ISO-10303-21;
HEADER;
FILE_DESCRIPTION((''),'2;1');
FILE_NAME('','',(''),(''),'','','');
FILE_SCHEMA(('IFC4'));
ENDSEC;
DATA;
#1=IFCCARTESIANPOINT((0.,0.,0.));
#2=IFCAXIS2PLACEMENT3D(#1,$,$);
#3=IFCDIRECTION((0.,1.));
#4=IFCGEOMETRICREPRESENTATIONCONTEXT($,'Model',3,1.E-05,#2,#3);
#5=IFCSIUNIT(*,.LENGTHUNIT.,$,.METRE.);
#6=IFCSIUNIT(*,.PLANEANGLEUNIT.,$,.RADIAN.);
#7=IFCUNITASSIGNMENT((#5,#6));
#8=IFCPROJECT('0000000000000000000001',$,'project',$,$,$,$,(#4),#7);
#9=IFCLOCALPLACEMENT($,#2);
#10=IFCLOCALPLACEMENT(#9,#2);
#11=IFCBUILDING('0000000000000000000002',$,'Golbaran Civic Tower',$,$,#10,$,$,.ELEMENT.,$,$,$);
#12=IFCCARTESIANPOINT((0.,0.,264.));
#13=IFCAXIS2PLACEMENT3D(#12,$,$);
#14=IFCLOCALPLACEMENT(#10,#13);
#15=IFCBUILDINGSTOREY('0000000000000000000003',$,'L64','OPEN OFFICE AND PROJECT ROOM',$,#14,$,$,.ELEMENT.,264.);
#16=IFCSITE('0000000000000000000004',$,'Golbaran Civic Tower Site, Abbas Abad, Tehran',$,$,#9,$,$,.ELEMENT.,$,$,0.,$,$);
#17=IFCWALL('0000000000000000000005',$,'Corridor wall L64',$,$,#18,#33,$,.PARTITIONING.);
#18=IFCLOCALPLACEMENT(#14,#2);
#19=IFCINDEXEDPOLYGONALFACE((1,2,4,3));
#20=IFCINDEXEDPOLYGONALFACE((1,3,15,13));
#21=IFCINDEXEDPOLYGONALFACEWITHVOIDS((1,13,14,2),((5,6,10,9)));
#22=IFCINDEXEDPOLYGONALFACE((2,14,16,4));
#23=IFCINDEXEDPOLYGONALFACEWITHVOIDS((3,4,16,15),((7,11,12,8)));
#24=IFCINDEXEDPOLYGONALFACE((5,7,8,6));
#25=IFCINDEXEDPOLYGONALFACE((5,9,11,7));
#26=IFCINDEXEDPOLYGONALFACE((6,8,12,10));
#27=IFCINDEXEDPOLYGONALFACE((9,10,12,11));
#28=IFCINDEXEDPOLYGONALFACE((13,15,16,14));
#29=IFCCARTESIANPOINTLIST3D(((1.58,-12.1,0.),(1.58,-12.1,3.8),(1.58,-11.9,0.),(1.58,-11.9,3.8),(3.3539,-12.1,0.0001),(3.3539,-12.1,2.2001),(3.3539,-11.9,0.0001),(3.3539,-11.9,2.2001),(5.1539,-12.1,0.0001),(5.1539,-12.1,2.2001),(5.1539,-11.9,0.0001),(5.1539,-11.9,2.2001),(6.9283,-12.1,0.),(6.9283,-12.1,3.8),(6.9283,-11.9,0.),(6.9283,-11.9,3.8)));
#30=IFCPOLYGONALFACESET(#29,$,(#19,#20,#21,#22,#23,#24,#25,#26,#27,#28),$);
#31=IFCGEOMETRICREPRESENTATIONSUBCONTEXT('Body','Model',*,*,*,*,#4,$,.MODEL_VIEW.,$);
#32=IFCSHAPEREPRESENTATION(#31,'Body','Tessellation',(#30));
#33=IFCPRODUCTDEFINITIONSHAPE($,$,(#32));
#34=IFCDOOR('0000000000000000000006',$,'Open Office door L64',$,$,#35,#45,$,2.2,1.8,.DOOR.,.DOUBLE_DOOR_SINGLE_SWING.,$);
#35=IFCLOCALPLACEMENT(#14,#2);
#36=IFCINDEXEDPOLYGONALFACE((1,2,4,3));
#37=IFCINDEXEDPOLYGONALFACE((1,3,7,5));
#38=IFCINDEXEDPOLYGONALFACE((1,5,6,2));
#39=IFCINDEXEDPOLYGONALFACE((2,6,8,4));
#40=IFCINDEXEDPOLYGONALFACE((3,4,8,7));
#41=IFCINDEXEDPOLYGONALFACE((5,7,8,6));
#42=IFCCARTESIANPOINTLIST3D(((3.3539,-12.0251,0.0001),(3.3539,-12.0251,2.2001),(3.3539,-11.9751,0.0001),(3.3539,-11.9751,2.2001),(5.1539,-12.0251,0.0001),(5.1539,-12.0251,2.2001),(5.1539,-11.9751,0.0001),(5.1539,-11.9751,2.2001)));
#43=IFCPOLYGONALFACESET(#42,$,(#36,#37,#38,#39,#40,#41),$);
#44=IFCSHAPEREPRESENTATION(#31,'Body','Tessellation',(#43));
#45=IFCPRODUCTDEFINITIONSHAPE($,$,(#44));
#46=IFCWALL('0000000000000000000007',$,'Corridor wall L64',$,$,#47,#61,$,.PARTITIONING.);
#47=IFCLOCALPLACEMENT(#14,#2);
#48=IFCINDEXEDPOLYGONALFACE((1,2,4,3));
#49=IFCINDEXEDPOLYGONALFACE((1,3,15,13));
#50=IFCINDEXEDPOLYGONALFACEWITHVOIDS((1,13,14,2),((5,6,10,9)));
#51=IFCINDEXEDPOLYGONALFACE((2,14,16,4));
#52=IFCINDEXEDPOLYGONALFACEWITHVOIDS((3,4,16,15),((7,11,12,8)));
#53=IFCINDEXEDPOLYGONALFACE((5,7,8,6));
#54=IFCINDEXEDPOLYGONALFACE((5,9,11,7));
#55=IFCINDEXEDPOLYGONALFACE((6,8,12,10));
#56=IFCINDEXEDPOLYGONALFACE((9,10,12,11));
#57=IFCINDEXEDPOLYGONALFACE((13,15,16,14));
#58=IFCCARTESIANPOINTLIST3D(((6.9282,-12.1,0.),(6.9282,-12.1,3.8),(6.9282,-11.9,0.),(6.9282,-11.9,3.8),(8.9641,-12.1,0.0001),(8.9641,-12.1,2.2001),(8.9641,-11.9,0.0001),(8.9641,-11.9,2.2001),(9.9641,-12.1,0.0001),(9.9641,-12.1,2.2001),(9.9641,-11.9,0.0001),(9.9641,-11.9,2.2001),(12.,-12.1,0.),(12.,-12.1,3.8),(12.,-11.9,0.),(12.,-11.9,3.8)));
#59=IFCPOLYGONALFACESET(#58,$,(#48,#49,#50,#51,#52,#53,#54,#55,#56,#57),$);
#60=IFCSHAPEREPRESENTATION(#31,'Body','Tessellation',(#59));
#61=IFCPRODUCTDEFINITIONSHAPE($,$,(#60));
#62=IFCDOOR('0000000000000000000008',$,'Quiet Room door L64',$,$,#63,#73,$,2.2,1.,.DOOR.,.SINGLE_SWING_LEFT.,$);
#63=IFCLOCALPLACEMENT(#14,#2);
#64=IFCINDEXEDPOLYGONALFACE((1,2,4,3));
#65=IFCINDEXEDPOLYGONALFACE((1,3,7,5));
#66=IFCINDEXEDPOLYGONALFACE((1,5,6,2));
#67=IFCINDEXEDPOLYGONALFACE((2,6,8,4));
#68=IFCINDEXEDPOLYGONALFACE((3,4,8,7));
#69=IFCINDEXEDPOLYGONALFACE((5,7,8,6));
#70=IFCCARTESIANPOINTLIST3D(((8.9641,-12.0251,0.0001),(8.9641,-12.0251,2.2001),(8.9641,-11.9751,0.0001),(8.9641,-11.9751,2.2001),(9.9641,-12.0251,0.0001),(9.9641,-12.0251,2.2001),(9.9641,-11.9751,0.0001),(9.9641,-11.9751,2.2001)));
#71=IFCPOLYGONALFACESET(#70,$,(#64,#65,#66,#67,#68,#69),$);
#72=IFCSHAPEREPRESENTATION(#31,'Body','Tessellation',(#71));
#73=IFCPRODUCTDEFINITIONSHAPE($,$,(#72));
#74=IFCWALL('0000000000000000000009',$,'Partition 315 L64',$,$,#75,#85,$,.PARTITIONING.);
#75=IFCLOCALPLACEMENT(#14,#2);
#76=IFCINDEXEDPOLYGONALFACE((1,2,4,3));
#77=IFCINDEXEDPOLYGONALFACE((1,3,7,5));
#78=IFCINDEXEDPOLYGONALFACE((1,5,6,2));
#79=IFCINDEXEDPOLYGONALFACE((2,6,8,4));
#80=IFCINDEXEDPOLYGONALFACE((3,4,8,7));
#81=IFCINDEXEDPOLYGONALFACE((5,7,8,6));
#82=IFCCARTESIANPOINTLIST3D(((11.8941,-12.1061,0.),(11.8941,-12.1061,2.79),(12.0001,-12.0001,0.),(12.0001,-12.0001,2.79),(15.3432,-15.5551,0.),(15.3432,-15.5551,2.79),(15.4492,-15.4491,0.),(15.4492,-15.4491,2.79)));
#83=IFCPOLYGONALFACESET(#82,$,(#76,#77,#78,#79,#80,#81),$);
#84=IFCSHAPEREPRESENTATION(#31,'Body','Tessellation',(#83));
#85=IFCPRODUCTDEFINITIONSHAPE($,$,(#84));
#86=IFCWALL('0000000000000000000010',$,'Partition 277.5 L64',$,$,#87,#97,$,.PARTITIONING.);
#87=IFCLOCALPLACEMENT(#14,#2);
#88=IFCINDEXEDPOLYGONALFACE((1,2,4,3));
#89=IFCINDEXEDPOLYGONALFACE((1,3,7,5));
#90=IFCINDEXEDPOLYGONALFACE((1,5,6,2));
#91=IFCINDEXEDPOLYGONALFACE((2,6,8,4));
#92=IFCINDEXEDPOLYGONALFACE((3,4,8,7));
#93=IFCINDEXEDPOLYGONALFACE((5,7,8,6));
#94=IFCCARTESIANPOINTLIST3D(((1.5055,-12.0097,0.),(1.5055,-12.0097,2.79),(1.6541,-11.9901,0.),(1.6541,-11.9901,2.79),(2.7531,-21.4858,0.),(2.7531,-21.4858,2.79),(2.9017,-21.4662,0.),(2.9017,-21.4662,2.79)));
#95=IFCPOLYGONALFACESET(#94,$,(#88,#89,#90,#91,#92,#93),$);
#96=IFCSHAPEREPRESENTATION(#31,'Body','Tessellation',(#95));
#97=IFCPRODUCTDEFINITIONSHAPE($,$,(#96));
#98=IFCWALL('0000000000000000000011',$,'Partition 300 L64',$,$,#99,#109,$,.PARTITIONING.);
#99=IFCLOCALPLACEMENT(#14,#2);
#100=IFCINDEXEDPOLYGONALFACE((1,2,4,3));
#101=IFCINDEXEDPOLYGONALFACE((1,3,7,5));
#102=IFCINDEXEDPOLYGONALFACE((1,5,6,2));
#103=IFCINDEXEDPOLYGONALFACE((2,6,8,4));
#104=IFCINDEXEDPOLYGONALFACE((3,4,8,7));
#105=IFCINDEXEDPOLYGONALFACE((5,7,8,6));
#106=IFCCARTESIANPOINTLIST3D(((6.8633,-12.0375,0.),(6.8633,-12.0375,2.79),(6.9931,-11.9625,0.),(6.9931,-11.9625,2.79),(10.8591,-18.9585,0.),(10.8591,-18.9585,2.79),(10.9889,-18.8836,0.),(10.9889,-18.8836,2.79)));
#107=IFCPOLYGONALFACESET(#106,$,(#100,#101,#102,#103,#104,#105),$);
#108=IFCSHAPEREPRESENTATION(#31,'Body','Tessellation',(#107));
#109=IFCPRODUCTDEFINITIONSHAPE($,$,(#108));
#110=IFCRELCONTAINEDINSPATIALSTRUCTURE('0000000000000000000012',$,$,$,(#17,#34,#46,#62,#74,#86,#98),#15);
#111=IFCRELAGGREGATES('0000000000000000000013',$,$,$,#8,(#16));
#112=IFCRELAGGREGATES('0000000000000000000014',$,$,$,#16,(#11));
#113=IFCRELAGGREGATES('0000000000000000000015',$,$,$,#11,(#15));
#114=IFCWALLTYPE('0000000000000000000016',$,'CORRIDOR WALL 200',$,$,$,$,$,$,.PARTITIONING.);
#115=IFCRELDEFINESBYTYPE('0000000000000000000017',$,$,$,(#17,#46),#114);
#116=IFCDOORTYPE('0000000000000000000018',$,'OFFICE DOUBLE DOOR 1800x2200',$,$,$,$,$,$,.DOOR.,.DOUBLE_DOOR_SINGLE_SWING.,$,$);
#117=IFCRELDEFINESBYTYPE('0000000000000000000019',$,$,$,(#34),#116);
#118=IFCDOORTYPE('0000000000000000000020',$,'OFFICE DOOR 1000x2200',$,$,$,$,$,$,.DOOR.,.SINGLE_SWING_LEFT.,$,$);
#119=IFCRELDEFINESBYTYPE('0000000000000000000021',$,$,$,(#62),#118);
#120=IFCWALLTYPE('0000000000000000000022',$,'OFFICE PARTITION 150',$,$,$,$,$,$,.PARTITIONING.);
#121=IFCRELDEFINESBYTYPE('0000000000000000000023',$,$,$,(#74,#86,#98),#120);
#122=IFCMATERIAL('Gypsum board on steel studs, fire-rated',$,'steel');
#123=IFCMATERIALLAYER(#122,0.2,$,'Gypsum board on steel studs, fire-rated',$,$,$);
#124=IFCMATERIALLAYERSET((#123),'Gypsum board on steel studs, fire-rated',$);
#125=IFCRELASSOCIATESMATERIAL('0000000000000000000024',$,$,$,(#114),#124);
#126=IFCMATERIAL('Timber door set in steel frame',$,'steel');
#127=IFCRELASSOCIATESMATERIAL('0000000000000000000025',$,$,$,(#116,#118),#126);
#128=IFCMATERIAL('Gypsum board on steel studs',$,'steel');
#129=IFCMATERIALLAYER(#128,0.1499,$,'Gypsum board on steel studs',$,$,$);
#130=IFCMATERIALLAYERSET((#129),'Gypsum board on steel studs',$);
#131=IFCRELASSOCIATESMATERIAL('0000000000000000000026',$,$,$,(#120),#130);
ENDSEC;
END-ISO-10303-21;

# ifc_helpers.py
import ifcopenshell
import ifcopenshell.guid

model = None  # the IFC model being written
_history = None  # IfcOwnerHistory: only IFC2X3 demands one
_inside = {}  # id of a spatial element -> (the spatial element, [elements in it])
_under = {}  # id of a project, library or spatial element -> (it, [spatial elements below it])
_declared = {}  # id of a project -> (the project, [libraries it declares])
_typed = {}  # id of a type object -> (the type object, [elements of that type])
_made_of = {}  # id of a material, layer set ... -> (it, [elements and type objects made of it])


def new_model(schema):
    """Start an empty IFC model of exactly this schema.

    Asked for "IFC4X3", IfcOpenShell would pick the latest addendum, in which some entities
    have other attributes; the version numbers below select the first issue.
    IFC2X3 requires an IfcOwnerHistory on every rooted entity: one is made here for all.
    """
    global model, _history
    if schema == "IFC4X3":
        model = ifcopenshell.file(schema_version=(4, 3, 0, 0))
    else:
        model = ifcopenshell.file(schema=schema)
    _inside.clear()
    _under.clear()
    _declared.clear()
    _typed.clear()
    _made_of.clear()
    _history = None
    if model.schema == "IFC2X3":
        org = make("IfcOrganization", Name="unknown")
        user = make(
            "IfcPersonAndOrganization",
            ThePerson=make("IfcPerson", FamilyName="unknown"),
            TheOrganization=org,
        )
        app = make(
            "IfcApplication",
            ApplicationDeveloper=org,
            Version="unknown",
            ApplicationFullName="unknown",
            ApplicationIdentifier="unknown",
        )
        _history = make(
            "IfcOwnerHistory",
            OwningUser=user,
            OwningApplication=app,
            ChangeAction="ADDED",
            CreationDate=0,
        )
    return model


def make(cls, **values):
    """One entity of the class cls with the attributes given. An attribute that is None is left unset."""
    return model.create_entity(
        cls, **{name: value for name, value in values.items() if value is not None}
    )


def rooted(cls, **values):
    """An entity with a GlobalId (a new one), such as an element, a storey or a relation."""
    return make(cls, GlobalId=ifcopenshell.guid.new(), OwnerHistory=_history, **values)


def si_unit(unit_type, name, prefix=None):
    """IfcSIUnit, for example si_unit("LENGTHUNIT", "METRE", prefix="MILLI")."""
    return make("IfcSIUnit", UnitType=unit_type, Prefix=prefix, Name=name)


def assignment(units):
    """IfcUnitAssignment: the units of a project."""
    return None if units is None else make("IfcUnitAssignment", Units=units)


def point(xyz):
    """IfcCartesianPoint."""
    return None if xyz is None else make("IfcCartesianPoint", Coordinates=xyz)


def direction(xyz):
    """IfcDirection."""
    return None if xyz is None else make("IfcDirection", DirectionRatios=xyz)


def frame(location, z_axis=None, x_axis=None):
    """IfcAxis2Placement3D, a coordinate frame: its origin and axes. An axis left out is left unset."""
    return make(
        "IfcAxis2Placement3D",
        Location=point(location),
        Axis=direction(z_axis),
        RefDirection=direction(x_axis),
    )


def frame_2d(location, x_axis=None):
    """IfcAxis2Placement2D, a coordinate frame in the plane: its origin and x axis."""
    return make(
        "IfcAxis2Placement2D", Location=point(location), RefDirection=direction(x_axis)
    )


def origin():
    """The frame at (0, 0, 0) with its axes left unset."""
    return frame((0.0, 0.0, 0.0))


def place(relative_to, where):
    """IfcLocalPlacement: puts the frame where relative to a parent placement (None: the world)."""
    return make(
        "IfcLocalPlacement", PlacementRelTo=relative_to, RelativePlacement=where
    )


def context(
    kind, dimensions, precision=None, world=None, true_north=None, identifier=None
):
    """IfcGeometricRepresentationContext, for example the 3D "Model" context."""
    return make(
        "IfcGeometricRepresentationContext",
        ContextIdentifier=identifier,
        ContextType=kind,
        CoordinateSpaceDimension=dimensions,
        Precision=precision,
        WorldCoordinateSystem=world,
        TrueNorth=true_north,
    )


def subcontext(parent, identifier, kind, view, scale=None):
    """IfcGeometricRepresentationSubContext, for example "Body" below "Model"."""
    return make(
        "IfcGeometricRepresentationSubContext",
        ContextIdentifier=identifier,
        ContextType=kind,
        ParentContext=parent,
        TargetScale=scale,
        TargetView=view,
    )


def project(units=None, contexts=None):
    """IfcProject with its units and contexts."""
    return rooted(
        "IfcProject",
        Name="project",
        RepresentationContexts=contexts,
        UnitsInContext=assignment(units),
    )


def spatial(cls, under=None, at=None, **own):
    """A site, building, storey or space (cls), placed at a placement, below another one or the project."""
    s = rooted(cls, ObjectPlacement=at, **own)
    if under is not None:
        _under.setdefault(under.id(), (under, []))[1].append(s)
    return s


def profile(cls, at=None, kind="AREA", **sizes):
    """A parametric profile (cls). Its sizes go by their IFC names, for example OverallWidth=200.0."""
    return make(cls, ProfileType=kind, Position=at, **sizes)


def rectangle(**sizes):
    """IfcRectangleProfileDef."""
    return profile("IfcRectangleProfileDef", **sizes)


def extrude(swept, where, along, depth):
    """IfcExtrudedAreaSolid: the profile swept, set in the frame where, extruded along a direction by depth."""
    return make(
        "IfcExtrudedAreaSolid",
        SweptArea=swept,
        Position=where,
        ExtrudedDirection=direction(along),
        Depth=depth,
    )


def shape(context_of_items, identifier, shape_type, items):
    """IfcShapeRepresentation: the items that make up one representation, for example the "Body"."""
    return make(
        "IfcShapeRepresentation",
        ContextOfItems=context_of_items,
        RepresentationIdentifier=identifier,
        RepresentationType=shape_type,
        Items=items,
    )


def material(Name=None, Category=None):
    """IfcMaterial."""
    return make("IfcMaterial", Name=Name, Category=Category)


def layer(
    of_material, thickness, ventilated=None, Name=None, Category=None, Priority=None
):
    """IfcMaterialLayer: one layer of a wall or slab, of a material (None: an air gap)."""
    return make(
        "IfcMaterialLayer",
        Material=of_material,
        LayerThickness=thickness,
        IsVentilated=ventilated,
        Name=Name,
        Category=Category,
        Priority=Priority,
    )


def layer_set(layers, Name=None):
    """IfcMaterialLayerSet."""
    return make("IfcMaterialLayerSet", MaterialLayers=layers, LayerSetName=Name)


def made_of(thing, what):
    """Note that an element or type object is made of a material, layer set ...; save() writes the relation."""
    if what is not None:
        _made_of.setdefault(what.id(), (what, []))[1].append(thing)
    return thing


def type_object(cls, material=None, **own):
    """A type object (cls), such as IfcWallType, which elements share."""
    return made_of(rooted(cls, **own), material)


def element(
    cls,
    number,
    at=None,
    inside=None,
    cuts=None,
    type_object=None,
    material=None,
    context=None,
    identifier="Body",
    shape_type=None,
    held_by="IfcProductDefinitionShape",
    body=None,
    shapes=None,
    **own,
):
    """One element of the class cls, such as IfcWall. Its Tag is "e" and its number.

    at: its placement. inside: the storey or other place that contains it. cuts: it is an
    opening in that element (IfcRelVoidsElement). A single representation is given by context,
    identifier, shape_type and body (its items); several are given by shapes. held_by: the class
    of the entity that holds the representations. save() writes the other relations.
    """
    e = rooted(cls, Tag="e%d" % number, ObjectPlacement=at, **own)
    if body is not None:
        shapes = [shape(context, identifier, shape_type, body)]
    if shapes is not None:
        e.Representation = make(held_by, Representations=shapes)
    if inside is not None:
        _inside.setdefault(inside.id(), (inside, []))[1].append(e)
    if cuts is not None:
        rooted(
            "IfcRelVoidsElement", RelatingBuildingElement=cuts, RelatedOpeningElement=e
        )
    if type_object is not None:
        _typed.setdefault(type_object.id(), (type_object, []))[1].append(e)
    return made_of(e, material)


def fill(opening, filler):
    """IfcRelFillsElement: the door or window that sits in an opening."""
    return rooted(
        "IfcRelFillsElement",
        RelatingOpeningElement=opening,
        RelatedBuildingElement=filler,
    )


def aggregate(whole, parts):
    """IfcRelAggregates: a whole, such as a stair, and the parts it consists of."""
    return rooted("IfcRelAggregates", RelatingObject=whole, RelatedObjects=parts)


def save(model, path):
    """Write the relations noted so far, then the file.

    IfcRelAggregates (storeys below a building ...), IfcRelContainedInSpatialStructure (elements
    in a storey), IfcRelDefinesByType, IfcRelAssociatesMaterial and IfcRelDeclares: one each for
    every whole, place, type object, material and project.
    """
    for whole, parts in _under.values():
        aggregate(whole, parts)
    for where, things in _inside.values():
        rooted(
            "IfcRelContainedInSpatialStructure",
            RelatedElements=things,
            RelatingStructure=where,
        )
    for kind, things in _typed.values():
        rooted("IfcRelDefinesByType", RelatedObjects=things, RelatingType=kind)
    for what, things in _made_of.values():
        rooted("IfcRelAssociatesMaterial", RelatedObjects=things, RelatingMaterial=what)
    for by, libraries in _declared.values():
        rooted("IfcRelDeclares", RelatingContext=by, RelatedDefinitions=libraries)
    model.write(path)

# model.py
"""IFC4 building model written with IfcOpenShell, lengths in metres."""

from ifc_helpers import new_model, si_unit, direction, frame, frame_2d, origin, place, context, subcontext, project, spatial, rectangle, extrude, material, layer, layer_set, type_object, element, fill, save


model = new_model("IFC4")

# Units and contexts
model_context = context("Model", 3, precision=1e-05, world=origin(), true_north=direction((0.0, 1.0)))
body_context = subcontext(model_context, "Body", "Model", "MODEL_VIEW")
ifc_project = project(units=[si_unit("LENGTHUNIT", "METRE"), si_unit("PLANEANGLEUNIT", "RADIAN")], contexts=[model_context])

# Site, building, storey
site_placement = place(None, origin())
site = spatial("IfcSite", under=ifc_project, at=site_placement, Name="Golbaran Civic Tower Site, Abbas Abad, Tehran", CompositionType="ELEMENT", RefElevation=0.0)
building_placement = place(site_placement, origin())
building = spatial("IfcBuilding", under=site, at=building_placement, Name="Golbaran Civic Tower", CompositionType="ELEMENT")
storey_placement = place(building_placement, frame((0.0, 0.0, 264.0)))
storey = spatial("IfcBuildingStorey", under=building, at=storey_placement, Name="L64", Description="OPEN OFFICE AND PROJECT ROOM", CompositionType="ELEMENT", Elevation=264.0)

# Shared definitions
ifc_material_1 = material(Name="Timber door set in steel frame", Category="steel")

# Walls, openings, doors
ifc_material_2 = material(Name="Gypsum board on steel studs, fire-rated", Category="steel")
ifc_layer_1 = layer(ifc_material_2, 0.2, Name="Gypsum board on steel studs, fire-rated")
ifc_layer_set_1 = layer_set([ifc_layer_1], Name="Gypsum board on steel studs, fire-rated")
wall_type_1 = type_object("IfcWallType", Name="CORRIDOR WALL 200", PredefinedType="PARTITIONING", material=ifc_layer_set_1)
wall_1_placement = place(storey_placement, frame((1.5798, -12.0, 0.0), z_axis=(0.0, 0.0, 1.0), x_axis=(1.0, 0.0, 0.0)))
wall_1 = element("IfcWall", 1, at=wall_1_placement, inside=storey, type_object=wall_type_1, Name="Corridor wall L64", PredefinedType="PARTITIONING", context=body_context, shape_type="SweptSolid", body=[
    extrude(rectangle(XDim=5.3484, YDim=0.2, at=frame_2d((2.6743, 0.0))), origin(), (0.0, 0.0, 1.0), 3.8),
])
opening_1_placement = place(wall_1_placement, frame((1.7742, 0.0, 0.0)))
opening_1 = element("IfcOpeningElement", 2, at=opening_1_placement, cuts=wall_1, PredefinedType="OPENING", context=body_context, shape_type="SweptSolid", body=[
    extrude(rectangle(XDim=1.8, YDim=2.2, at=frame_2d((0.8999, 1.1001))), frame((0.0, 0.1099, 0.0), z_axis=(0.0, -1.0, 0.0), x_axis=(1.0, 0.0, 0.0)), (0.0, 0.0, 1.0), 0.22),
])
door_type_1 = type_object("IfcDoorType", Name="OFFICE DOUBLE DOOR 1800x2200", OperationType="DOUBLE_DOOR_SINGLE_SWING", PredefinedType="DOOR", material=ifc_material_1)
door_1_placement = place(opening_1_placement, origin())
door_1 = element("IfcDoor", 3, at=door_1_placement, inside=storey, type_object=door_type_1, Name="Open Office door L64", OperationType="DOUBLE_DOOR_SINGLE_SWING", OverallHeight=2.2, OverallWidth=1.8, PredefinedType="DOOR", context=body_context, shape_type="SweptSolid", body=[
    extrude(rectangle(XDim=1.8, YDim=2.2, at=frame_2d((0.8999, 1.1001))), frame((0.0, 0.0249, 0.0), z_axis=(0.0, -1.0, 0.0), x_axis=(1.0, 0.0, 0.0)), (0.0, 0.0, 1.0), 0.05),
])
fill(opening_1, door_1)
wall_2_placement = place(storey_placement, frame((6.9282, -12.0, 0.0), z_axis=(0.0, 0.0, 1.0), x_axis=(1.0, 0.0, 0.0)))
wall_2 = element("IfcWall", 4, at=wall_2_placement, inside=storey, type_object=wall_type_1, Name="Corridor wall L64", PredefinedType="PARTITIONING", context=body_context, shape_type="SweptSolid", body=[
    extrude(rectangle(XDim=5.0718, YDim=0.2, at=frame_2d((2.5359, 0.0))), origin(), (0.0, 0.0, 1.0), 3.8),
])
opening_2_placement = place(wall_2_placement, frame((2.0359, 0.0, 0.0)))
opening_2 = element("IfcOpeningElement", 5, at=opening_2_placement, cuts=wall_2, PredefinedType="OPENING", context=body_context, shape_type="SweptSolid", body=[
    extrude(rectangle(XDim=1.0, YDim=2.2, at=frame_2d((0.5, 1.1001))), frame((0.0, 0.1099, 0.0), z_axis=(0.0, -1.0, 0.0), x_axis=(1.0, 0.0, 0.0)), (0.0, 0.0, 1.0), 0.22),
])
door_type_2 = type_object("IfcDoorType", Name="OFFICE DOOR 1000x2200", OperationType="SINGLE_SWING_LEFT", PredefinedType="DOOR", material=ifc_material_1)
door_2_placement = place(opening_2_placement, origin())
door_2 = element("IfcDoor", 6, at=door_2_placement, inside=storey, type_object=door_type_2, Name="Quiet Room door L64", OperationType="SINGLE_SWING_LEFT", OverallHeight=2.2, OverallWidth=1.0, PredefinedType="DOOR", context=body_context, shape_type="SweptSolid", body=[
    extrude(rectangle(XDim=1.0, YDim=2.2, at=frame_2d((0.5, 1.1001))), frame((0.0, 0.0249, 0.0), z_axis=(0.0, -1.0, 0.0), x_axis=(1.0, 0.0, 0.0)), (0.0, 0.0, 1.0), 0.05),
])
fill(opening_2, door_2)

# Walls
ifc_material_3 = material(Name="Gypsum board on steel studs", Category="steel")
ifc_layer_2 = layer(ifc_material_3, 0.1499, Name="Gypsum board on steel studs")
ifc_layer_set_2 = layer_set([ifc_layer_2], Name="Gypsum board on steel studs")
wall_type_2 = type_object("IfcWallType", Name="OFFICE PARTITION 150", PredefinedType="PARTITIONING", material=ifc_layer_set_2)
wall_3_placement = place(storey_placement, frame((11.947, -12.053, 0.0), z_axis=(0.0, 0.0, 1.0), x_axis=(0.707107, -0.707107, 0.0)))
element("IfcWall", 7, at=wall_3_placement, inside=storey, type_object=wall_type_2, Name="Partition 315 L64", PredefinedType="PARTITIONING", context=body_context, shape_type="SweptSolid", body=[
    extrude(rectangle(XDim=4.8777, YDim=0.1499, at=frame_2d((2.439, 0.0))), origin(), (0.0, 0.0, 1.0), 2.79),
])
wall_4_placement = place(storey_placement, frame((1.5798, -12.0, 0.0), z_axis=(0.0, 0.0, 1.0), x_axis=(0.130527, -0.991445, 0.0)))
element("IfcWall", 8, at=wall_4_placement, inside=storey, type_object=wall_type_2, Name="Partition 277.5 L64", PredefinedType="PARTITIONING", context=body_context, shape_type="SweptSolid", body=[
    extrude(rectangle(XDim=9.5579, YDim=0.1499, at=frame_2d((4.7788, 0.0))), origin(), (0.0, 0.0, 1.0), 2.79),
])
wall_5_placement = place(storey_placement, frame((6.9282, -12.0, 0.0), z_axis=(0.0, 0.0, 1.0), x_axis=(0.499993, -0.866029, 0.0)))
element("IfcWall", 9, at=wall_5_placement, inside=storey, type_object=wall_type_2, Name="Partition 300 L64", PredefinedType="PARTITIONING", context=body_context, shape_type="SweptSolid", body=[
    extrude(rectangle(XDim=7.9917, YDim=0.1499, at=frame_2d((3.9958, 0.0))), origin(), (0.0, 0.0, 1.0), 2.79),
])

save(model, "model.ifc")
